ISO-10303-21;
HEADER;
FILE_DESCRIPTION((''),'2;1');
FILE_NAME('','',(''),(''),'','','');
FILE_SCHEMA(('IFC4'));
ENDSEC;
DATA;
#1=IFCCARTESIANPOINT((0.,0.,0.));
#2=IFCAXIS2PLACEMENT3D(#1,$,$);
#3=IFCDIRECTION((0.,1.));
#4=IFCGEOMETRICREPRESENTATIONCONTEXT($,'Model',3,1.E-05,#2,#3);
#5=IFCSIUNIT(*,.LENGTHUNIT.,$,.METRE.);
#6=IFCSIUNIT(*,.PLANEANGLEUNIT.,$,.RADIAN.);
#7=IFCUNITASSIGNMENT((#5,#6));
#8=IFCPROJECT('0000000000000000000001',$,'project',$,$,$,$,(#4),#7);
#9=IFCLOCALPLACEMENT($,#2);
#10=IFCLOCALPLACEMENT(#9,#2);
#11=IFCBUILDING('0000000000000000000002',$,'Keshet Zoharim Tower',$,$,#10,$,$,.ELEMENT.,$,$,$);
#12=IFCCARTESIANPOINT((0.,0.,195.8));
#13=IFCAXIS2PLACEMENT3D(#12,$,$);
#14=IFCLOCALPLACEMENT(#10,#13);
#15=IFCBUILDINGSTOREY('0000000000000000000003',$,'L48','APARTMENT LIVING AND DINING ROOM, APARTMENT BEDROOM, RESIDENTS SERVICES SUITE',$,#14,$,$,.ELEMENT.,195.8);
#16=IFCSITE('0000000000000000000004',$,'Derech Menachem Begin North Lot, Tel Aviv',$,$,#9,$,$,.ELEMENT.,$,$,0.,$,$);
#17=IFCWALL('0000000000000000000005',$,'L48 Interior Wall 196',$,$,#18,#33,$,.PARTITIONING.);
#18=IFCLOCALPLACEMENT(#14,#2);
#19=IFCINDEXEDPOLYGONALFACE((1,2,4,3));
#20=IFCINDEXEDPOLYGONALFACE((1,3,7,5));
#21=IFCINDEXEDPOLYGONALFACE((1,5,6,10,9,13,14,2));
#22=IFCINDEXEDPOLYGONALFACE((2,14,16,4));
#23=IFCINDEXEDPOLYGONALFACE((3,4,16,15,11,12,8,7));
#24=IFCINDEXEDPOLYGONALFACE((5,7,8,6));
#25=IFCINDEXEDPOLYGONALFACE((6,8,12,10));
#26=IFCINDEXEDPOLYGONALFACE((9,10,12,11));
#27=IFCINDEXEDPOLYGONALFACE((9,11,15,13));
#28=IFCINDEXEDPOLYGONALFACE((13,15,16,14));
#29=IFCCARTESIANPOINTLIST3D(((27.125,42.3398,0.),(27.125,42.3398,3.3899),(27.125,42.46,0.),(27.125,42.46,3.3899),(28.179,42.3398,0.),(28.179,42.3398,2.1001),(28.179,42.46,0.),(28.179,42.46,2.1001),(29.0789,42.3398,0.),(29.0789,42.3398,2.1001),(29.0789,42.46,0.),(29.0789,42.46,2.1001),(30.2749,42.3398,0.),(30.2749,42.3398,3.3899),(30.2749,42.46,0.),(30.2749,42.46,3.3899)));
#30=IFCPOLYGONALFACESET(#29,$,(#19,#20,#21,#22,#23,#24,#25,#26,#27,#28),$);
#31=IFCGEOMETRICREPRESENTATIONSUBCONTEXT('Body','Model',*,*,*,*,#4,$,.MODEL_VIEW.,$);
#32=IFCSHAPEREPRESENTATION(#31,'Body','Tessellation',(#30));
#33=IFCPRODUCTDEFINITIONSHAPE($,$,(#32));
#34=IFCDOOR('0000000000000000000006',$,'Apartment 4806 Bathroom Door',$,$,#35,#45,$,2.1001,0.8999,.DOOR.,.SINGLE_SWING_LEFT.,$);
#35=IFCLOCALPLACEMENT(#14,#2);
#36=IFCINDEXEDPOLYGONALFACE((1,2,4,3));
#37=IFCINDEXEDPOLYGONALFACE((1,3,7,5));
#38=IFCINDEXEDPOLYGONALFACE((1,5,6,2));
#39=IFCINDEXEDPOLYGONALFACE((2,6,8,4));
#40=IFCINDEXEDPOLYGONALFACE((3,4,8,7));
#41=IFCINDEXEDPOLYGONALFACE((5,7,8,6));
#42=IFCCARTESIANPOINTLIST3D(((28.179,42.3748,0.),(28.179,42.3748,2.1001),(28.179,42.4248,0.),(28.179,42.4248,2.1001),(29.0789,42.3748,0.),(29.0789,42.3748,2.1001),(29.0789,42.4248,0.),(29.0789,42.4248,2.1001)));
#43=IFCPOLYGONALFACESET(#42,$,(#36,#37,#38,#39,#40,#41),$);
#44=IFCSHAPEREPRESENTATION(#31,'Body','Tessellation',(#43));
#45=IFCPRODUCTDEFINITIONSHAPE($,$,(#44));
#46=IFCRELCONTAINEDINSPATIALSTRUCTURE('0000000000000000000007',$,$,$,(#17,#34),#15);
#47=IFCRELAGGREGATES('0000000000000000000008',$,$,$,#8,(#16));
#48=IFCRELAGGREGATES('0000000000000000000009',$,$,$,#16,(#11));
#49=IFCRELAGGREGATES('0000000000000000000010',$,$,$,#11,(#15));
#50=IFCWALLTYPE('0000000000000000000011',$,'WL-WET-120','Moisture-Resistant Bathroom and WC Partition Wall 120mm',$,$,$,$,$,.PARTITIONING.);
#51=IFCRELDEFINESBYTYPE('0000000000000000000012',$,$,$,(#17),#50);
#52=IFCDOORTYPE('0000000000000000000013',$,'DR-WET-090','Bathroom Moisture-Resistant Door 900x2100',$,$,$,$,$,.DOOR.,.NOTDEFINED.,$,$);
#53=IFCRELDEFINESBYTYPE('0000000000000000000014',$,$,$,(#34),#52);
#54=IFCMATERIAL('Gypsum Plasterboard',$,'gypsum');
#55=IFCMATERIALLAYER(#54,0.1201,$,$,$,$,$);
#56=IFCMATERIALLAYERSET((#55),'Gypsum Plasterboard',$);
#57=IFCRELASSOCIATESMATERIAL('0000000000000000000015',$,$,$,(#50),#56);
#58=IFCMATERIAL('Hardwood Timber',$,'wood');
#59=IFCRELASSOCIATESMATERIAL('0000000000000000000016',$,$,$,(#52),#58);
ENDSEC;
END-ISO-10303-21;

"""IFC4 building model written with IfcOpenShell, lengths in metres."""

from ifc_helpers import new_model, si_unit, direction, frame, frame_2d, origin, place, context, subcontext, project, spatial, rectangle, extrude, material, layer, layer_set, type_object, element, fill, save


model = new_model("IFC4")

# Units and contexts
model_context = context("Model", 3, precision=1e-05, world=origin(), true_north=direction((0.0, 1.0)))
body_context = subcontext(model_context, "Body", "Model", "MODEL_VIEW")
ifc_project = project(units=[si_unit("LENGTHUNIT", "METRE"), si_unit("PLANEANGLEUNIT", "RADIAN")], contexts=[model_context])

# Site, building, storey
site_placement = place(None, origin())
site = spatial("IfcSite", under=ifc_project, at=site_placement, Name="Derech Menachem Begin North Lot, Tel Aviv", CompositionType="ELEMENT", RefElevation=0.0)
building_placement = place(site_placement, origin())
building = spatial("IfcBuilding", under=site, at=building_placement, Name="Keshet Zoharim Tower", CompositionType="ELEMENT")
storey_placement = place(building_placement, frame((0.0, 0.0, 195.8)))
storey = spatial("IfcBuildingStorey", under=building, at=storey_placement, Name="L48", Description="APARTMENT LIVING AND DINING ROOM, APARTMENT BEDROOM, RESIDENTS SERVICES SUITE", CompositionType="ELEMENT", Elevation=195.8)

# Shared definitions
ifc_material_1 = material(Name="Gypsum Plasterboard", Category="gypsum")

# Shared definitions
ifc_material_2 = material(Name="Hardwood Timber", Category="wood")

# Shared definitions
ifc_layer_1 = layer(ifc_material_1, 0.1201)
ifc_layer_set_1 = layer_set([ifc_layer_1], Name="Gypsum Plasterboard")
wall_type_1 = type_object("IfcWallType", Name="WL-WET-120", Description="Moisture-Resistant Bathroom and WC Partition Wall 120mm", PredefinedType="PARTITIONING", material=ifc_layer_set_1)

# Wall, opening, door
wall_1_placement = place(storey_placement, frame((27.125, 42.3999, 0.0), z_axis=(0.0, 0.0, 1.0), x_axis=(1.0, 0.0, 0.0)))
wall_1 = element("IfcWall", 1, at=wall_1_placement, inside=storey, type_object=wall_type_1, Name="L48 Interior Wall 196", PredefinedType="PARTITIONING", context=body_context, shape_type="SweptSolid", body=[
    extrude(rectangle(XDim=3.1499, YDim=0.1201, at=frame_2d((1.575, 0.0))), origin(), (0.0, 0.0, 1.0), 3.3899),
])
opening_1_placement = place(wall_1_placement, frame((1.054, 0.0, 0.0)))
opening_1 = element("IfcOpeningElement", 2, at=opening_1_placement, cuts=wall_1, PredefinedType="OPENING", context=body_context, shape_type="SweptSolid", body=[
    extrude(rectangle(XDim=0.8999, YDim=2.1001, at=frame_2d((0.45, 1.05))), frame((0.0, 0.0701, 0.0), z_axis=(0.0, -1.0, 0.0), x_axis=(1.0, 0.0, 0.0)), (0.0, 0.0, 1.0), 0.1401),
])
door_type_1 = type_object("IfcDoorType", Name="DR-WET-090", Description="Bathroom Moisture-Resistant Door 900x2100", OperationType="NOTDEFINED", PredefinedType="DOOR", material=ifc_material_2)
door_1_placement = place(opening_1_placement, origin())
door_1 = element("IfcDoor", 3, at=door_1_placement, inside=storey, type_object=door_type_1, Name="Apartment 4806 Bathroom Door", OperationType="SINGLE_SWING_LEFT", OverallHeight=2.1001, OverallWidth=0.8999, PredefinedType="DOOR", context=body_context, shape_type="SweptSolid", body=[
    extrude(rectangle(XDim=0.8999, YDim=2.1001, at=frame_2d((0.45, 1.05))), frame((0.0, 0.0249, 0.0), z_axis=(0.0, -1.0, 0.0), x_axis=(1.0, 0.0, 0.0)), (0.0, 0.0, 1.0), 0.05),
])
fill(opening_1, door_1)

save(model, "model.ifc")
